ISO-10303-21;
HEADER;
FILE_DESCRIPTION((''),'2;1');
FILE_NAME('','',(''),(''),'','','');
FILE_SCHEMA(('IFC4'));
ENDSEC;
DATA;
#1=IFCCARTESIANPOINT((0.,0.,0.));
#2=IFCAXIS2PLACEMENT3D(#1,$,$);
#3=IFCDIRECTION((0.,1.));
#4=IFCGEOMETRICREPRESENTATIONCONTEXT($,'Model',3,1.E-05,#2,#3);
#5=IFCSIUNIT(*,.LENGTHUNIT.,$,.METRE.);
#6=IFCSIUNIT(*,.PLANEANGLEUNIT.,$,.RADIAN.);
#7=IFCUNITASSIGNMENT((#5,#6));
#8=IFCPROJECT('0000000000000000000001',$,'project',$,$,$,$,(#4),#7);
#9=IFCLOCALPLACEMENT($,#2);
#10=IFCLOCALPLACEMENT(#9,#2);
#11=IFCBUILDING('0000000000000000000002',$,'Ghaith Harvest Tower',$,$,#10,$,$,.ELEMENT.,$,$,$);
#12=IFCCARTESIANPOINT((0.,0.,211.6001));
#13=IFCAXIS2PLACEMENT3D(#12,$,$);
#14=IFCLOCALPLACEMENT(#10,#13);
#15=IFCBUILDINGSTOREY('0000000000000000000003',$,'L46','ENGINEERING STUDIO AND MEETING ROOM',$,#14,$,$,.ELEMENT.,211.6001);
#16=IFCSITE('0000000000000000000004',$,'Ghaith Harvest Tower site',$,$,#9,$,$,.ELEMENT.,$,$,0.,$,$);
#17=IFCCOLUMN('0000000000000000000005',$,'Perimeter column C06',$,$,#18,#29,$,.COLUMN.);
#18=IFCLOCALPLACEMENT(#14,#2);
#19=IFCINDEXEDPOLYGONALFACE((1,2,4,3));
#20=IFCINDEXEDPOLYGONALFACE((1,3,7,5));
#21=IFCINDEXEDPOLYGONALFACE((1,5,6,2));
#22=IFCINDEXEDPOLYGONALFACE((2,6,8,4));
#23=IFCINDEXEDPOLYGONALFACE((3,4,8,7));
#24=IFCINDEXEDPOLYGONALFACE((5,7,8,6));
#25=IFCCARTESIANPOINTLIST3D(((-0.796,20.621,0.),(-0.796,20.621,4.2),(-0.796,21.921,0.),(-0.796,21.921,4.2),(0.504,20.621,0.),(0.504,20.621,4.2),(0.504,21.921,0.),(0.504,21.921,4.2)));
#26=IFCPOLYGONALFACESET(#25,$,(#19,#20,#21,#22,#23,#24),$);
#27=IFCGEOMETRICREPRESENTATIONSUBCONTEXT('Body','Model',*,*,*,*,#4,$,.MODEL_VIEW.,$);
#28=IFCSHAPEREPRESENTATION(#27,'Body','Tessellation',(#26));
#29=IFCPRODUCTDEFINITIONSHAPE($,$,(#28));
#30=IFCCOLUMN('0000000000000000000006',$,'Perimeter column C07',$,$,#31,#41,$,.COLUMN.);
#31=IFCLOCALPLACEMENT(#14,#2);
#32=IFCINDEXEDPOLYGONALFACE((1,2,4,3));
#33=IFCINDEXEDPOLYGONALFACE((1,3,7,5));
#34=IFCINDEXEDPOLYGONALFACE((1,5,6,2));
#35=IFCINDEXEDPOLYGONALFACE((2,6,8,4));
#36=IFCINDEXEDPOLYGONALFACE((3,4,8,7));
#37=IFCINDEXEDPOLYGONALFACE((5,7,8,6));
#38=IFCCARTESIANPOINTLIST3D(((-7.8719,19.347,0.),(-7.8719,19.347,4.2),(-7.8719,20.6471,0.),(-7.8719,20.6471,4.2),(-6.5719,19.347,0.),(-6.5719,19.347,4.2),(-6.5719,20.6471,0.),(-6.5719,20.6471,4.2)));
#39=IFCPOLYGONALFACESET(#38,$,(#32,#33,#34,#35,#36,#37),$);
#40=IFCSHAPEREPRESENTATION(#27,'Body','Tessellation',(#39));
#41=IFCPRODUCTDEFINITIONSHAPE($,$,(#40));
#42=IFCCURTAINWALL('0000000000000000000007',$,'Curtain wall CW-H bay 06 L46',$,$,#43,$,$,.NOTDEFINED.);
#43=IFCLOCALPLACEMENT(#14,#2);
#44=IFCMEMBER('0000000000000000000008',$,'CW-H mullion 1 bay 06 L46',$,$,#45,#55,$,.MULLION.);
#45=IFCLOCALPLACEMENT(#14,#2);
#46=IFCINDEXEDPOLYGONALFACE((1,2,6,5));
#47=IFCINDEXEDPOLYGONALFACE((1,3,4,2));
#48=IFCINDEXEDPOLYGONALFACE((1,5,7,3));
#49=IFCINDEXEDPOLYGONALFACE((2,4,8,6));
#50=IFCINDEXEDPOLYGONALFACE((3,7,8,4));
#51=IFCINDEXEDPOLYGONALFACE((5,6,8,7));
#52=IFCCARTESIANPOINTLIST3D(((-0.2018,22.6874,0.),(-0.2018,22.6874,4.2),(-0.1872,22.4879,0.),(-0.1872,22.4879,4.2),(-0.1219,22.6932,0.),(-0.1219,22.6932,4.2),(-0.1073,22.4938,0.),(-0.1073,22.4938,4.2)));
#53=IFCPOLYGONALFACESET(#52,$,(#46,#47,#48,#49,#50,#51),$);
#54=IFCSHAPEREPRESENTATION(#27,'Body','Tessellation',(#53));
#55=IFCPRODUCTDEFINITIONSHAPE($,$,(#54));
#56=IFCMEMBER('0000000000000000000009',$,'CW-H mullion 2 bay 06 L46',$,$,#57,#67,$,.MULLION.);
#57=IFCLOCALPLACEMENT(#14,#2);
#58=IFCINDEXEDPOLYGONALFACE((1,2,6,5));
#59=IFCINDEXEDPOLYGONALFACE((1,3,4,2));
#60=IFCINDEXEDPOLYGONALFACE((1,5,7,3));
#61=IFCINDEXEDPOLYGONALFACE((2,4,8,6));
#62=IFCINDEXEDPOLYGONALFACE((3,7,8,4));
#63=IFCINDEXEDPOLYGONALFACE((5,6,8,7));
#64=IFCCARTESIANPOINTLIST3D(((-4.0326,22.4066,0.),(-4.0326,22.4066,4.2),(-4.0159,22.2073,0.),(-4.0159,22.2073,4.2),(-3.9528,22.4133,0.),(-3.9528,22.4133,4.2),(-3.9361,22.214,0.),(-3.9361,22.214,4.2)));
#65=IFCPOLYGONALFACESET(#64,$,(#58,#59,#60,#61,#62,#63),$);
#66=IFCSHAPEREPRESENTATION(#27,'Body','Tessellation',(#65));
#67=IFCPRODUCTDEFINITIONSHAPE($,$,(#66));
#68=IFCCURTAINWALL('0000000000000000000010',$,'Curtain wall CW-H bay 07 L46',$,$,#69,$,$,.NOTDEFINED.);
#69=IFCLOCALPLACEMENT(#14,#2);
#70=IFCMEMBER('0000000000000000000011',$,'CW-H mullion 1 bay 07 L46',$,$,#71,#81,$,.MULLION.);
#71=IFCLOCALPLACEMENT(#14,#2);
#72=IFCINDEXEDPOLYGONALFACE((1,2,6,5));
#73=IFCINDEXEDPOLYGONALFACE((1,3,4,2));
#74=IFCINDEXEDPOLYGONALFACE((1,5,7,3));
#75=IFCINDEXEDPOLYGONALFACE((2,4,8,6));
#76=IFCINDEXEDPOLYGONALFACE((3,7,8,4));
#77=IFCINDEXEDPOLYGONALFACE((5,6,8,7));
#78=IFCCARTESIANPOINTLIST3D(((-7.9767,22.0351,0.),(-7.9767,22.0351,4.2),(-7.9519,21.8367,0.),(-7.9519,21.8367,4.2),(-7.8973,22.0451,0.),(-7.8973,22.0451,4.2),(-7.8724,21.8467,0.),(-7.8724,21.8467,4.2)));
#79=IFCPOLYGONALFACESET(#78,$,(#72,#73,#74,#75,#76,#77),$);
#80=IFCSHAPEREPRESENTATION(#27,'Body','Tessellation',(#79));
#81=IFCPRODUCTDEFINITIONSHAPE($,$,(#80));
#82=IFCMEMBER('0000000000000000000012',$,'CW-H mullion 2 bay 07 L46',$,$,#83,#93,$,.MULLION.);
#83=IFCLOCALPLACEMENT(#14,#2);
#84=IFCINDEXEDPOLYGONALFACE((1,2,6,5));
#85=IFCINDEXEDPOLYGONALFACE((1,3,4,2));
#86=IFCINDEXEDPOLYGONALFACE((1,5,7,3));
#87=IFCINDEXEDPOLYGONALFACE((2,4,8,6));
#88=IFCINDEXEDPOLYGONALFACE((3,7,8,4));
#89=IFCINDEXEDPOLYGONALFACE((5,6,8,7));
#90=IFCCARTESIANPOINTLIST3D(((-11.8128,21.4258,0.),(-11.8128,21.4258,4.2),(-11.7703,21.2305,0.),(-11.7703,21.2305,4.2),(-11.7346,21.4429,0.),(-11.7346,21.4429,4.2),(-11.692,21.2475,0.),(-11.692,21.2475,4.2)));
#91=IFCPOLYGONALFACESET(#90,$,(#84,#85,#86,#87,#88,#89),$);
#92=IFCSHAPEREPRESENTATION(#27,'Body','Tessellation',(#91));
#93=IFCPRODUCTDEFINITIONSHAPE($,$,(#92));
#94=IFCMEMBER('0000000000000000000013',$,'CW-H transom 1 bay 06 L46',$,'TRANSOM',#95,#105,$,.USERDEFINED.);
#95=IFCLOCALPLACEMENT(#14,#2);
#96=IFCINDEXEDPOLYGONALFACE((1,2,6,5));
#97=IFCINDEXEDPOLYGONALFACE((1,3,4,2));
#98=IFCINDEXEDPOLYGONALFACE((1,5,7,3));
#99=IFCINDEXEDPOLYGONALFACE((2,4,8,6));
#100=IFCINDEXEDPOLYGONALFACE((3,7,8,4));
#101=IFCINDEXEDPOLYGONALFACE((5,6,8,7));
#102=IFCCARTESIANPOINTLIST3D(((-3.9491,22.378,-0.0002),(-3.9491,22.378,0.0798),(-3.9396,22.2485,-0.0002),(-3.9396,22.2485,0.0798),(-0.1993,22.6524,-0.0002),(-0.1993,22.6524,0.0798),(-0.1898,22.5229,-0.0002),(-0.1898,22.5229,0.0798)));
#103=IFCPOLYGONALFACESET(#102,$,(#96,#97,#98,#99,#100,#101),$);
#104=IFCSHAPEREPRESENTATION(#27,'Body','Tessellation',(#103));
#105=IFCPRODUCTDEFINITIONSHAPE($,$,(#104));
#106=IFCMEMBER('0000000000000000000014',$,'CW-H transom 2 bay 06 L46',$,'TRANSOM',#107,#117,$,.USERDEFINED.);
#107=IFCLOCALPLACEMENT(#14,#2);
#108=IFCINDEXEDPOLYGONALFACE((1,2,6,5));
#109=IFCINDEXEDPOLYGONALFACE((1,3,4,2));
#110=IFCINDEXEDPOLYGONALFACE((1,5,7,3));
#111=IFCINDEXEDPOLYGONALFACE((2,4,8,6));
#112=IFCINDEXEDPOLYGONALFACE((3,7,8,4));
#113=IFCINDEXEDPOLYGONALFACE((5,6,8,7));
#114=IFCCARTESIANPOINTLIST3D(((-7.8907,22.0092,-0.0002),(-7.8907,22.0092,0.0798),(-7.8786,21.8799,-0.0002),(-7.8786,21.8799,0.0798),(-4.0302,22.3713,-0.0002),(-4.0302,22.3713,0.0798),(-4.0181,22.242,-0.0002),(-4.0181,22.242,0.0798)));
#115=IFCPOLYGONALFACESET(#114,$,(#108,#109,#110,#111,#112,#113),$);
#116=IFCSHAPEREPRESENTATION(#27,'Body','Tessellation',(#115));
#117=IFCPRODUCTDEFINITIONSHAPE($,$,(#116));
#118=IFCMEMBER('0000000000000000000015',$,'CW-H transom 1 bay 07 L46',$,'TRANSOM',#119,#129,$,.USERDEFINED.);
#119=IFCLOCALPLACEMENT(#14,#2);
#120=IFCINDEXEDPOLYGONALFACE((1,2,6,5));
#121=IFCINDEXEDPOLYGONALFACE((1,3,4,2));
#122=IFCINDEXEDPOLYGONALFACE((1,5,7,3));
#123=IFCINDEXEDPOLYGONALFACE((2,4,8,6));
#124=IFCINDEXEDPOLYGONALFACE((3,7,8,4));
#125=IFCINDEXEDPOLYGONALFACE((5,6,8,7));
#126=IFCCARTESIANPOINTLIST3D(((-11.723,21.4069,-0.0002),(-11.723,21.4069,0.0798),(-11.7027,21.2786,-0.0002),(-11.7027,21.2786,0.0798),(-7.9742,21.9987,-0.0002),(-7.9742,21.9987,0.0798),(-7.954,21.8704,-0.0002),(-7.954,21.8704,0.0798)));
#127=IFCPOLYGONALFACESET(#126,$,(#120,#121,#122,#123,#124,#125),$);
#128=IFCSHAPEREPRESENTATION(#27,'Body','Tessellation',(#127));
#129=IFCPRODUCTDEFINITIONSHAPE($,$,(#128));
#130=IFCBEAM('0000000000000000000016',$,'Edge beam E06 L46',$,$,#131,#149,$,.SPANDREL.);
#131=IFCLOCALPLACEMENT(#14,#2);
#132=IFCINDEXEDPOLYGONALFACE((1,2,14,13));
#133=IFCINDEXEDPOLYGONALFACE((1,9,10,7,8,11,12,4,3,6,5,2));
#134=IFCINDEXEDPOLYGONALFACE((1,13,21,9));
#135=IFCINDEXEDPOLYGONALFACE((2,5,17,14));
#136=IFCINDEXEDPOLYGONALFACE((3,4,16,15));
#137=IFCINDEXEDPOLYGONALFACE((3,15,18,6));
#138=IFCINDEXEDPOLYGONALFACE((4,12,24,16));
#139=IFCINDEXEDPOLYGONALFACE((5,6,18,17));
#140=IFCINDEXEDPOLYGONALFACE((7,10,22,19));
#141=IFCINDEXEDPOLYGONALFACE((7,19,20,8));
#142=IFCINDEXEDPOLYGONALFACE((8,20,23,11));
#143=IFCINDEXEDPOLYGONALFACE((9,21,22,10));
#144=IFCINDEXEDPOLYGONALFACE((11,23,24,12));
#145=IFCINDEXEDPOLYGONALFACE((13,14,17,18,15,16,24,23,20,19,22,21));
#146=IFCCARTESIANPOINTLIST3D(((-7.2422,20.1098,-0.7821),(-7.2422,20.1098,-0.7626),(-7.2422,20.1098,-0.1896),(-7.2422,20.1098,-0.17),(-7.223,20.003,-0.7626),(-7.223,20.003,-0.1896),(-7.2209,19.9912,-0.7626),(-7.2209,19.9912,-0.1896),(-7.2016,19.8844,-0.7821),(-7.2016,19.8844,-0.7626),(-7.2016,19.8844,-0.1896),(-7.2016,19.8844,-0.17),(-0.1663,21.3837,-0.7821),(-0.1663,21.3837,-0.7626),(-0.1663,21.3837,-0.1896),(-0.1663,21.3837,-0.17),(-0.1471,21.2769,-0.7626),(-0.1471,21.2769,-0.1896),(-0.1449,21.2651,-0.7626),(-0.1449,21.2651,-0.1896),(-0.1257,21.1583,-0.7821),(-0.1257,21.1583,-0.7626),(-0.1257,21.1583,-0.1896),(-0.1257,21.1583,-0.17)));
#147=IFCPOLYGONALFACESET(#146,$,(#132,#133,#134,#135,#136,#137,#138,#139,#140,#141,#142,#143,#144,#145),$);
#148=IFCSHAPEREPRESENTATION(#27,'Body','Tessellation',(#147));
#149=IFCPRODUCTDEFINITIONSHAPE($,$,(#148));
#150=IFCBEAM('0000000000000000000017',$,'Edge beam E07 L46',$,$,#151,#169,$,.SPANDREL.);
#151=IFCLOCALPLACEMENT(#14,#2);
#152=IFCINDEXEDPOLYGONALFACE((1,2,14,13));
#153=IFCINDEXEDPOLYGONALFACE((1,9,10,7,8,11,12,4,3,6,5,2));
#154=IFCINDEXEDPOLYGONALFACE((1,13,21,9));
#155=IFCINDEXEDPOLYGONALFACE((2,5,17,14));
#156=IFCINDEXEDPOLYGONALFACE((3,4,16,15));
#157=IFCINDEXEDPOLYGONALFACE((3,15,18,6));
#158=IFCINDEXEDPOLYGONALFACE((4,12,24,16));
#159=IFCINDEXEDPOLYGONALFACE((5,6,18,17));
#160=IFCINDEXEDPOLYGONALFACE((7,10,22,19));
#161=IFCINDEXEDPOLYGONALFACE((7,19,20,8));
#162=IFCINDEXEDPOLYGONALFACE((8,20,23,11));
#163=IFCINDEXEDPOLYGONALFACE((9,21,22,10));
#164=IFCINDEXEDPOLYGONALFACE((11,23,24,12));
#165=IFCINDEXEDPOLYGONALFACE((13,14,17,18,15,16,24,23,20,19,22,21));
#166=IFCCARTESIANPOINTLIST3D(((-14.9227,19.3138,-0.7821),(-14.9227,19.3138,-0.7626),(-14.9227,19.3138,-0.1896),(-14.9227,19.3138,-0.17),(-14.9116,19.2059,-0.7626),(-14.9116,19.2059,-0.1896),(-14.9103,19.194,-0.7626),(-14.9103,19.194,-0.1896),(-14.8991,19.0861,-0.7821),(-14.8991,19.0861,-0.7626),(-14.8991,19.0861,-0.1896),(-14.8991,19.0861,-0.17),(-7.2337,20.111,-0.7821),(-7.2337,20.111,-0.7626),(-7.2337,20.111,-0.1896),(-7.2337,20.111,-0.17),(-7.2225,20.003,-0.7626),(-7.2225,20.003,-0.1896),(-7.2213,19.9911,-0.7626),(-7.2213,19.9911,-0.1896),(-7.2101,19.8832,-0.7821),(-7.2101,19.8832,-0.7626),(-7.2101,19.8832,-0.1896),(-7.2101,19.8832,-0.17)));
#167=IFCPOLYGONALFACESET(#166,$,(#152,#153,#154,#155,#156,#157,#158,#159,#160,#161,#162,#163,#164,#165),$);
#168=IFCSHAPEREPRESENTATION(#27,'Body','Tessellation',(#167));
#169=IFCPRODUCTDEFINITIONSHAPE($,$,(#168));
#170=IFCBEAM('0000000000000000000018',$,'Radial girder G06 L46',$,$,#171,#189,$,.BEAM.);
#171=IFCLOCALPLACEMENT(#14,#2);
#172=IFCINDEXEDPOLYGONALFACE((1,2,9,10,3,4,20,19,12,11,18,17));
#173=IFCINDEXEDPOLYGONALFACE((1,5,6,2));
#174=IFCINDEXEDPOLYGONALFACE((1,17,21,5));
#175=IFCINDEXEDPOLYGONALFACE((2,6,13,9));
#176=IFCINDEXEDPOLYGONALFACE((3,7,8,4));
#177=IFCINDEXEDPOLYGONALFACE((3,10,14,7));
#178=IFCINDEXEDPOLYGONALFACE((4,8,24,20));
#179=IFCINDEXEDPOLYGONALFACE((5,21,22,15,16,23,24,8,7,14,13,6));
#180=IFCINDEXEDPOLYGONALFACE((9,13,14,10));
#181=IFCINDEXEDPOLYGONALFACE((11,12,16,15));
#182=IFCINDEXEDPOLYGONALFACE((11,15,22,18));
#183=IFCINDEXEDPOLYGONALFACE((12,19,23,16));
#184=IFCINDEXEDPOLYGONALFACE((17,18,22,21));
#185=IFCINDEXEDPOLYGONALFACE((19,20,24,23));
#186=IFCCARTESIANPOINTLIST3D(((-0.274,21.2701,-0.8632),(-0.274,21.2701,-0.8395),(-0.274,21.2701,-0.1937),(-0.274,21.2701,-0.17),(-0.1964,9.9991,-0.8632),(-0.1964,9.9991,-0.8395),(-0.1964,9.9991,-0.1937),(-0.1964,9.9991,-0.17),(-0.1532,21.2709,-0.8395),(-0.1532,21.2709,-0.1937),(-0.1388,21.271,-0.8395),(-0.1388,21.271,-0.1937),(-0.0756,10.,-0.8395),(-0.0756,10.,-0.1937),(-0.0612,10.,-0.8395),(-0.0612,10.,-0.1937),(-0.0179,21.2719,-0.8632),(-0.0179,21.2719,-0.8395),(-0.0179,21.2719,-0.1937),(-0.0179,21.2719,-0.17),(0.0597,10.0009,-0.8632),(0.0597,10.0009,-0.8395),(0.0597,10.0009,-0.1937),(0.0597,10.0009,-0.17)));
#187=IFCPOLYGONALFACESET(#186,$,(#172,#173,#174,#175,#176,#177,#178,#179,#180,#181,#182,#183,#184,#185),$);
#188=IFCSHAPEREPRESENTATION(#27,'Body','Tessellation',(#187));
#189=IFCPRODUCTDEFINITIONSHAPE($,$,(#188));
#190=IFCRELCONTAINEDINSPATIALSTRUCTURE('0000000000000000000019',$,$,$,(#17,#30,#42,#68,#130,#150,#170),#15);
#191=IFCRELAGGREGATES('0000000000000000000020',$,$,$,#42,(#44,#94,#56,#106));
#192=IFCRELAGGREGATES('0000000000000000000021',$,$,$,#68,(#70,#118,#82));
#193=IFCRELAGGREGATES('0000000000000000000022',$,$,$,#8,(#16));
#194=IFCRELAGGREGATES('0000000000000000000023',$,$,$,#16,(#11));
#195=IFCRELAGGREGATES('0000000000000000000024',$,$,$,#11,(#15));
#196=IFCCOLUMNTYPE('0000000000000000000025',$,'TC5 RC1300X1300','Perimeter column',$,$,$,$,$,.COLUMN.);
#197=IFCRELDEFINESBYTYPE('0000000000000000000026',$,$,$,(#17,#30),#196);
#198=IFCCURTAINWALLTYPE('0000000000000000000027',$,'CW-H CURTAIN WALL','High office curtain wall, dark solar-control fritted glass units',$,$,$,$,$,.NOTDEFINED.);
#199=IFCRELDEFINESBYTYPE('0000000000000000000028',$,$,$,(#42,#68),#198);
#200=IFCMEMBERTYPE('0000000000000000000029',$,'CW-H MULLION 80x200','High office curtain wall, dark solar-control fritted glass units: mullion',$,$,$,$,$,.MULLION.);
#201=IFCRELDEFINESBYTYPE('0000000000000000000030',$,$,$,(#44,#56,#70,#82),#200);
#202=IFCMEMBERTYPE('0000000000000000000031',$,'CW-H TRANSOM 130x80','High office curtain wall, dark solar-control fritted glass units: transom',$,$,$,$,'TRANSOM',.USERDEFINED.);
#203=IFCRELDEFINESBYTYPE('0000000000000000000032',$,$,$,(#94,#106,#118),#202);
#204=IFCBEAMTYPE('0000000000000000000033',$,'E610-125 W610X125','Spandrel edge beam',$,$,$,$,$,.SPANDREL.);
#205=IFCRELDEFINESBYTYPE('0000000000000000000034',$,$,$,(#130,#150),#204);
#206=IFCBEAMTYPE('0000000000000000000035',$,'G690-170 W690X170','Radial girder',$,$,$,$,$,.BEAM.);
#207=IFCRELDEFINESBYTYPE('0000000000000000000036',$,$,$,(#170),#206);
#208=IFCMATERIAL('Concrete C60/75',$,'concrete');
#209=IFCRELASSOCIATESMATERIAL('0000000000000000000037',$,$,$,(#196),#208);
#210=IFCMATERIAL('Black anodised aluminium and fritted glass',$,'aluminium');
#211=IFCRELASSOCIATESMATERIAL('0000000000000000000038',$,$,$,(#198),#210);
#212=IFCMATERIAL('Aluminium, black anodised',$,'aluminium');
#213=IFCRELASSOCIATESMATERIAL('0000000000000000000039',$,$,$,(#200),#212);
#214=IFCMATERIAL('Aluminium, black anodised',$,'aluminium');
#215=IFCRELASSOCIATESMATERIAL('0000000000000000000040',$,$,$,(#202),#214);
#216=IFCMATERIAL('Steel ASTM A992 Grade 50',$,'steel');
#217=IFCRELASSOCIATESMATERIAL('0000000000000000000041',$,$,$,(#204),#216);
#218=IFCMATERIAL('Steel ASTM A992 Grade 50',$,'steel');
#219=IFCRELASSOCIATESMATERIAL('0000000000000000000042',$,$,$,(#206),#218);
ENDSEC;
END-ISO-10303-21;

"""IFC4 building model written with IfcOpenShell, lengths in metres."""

from ifc_helpers import new_model, si_unit, direction, frame, origin, origin_2d, place, context, subcontext, project, spatial, rectangle, i_section, extrude, material, material_profile, profile_set, type_object, element, aggregate, save


model = new_model("IFC4")

# Units and contexts
model_context = context("Model", 3, precision=1e-05, world=origin(), true_north=direction((0.0, 1.0)))
body_context = subcontext(model_context, "Body", "Model", "MODEL_VIEW")
ifc_project = project(units=[si_unit("LENGTHUNIT", "METRE"), si_unit("PLANEANGLEUNIT", "RADIAN")], contexts=[model_context])

# Site, building, storey
site_placement = place(None, origin())
site = spatial("IfcSite", under=ifc_project, at=site_placement, Name="Ghaith Harvest Tower site", CompositionType="ELEMENT", RefElevation=0.0)
building_placement = place(site_placement, origin())
building = spatial("IfcBuilding", under=site, at=building_placement, Name="Ghaith Harvest Tower", CompositionType="ELEMENT")
storey_placement = place(building_placement, frame((0.0, 0.0, 211.6001)))
storey = spatial("IfcBuildingStorey", under=building, at=storey_placement, Name="L46", Description="ENGINEERING STUDIO AND MEETING ROOM", CompositionType="ELEMENT", Elevation=211.6001)

# Columns
ifc_material_1 = material(Name="Concrete C60/75", Category="concrete")
ifc_material_profile_1 = material_profile(ifc_material_1, rectangle(XDim=1.3, YDim=1.3, at=origin_2d()), Name="RC1300X1300")
ifc_profile_set_1 = profile_set([ifc_material_profile_1], Name="Concrete C60/75")
column_type = type_object("IfcColumnType", Name="TC5 RC1300X1300", Description="Perimeter column", PredefinedType="COLUMN", material=ifc_profile_set_1)
for number, where, z_axis, x_axis, name in (
    (1, (-0.146, 21.271, 0.0), (0.0, 0.0, 1.0), (1.0, 0.0, 0.0), "Perimeter column C06"),
    (2, (-7.2219, 19.9971, 0.0), (0.0, 0.0, 1.0), (1.0, 0.0, 0.0), "Perimeter column C07"),
):
    element("IfcColumn", number, at=place(storey_placement, frame(where, z_axis=z_axis, x_axis=x_axis)), inside=storey, type_object=column_type, Name=name, PredefinedType="COLUMN", context=body_context, shape_type="SweptSolid", body=[
        extrude(rectangle(XDim=1.3, YDim=1.3, at=origin_2d()), origin(), (0.0, 0.0, 1.0), 4.2),
    ])

# Curtain walls, members
ifc_material_2 = material(Name="Black anodised aluminium and fritted glass", Category="aluminium")
curtain_wall_type = type_object("IfcCurtainWallType", Name="CW-H CURTAIN WALL", Description="High office curtain wall, dark solar-control fritted glass units", PredefinedType="NOTDEFINED", material=ifc_material_2)
curtain_wall_1_placement = place(storey_placement, origin())
curtain_wall_1 = element("IfcCurtainWall", 3, at=curtain_wall_1_placement, inside=storey, type_object=curtain_wall_type, Name="Curtain wall CW-H bay 06 L46", PredefinedType="NOTDEFINED")
ifc_material_3 = material(Name="Aluminium, black anodised", Category="aluminium")
ifc_material_profile_2 = material_profile(ifc_material_3, rectangle(XDim=0.0801, YDim=0.2, at=origin_2d()), Name="CW-H MULLION 80x200")
ifc_profile_set_2 = profile_set([ifc_material_profile_2], Name="Aluminium, black anodised")
member_type_1 = type_object("IfcMemberType", Name="CW-H MULLION 80x200", Description="High office curtain wall, dark solar-control fritted glass units: mullion", PredefinedType="MULLION", material=ifc_profile_set_2)
member_1_placement = place(storey_placement, frame((-0.1545, 22.5906, 0.0), z_axis=(0.0, 0.0, 1.0), x_axis=(-0.997329, -0.073037, 0.0)))
member_1 = element("IfcMember", 4, at=member_1_placement, type_object=member_type_1, Name="CW-H mullion 1 bay 06 L46", PredefinedType="MULLION", context=body_context, shape_type="SweptSolid", body=[
    extrude(rectangle(XDim=0.0801, YDim=0.2, at=origin_2d()), origin(), (0.0, 0.0, 1.0), 4.2),
])
member_2_placement = place(storey_placement, frame((-3.9844, 22.3103, 0.0), z_axis=(0.0, 0.0, 1.0), x_axis=(-0.996523, -0.083324, 0.0)))
member_2 = element("IfcMember", 5, at=member_2_placement, type_object=member_type_1, Name="CW-H mullion 2 bay 06 L46", PredefinedType="MULLION", context=body_context, shape_type="SweptSolid", body=[
    extrude(rectangle(XDim=0.0801, YDim=0.2, at=origin_2d()), origin(), (0.0, 0.0, 1.0), 4.2),
])
curtain_wall_2_placement = place(storey_placement, origin())
curtain_wall_2 = element("IfcCurtainWall", 6, at=curtain_wall_2_placement, inside=storey, type_object=curtain_wall_type, Name="Curtain wall CW-H bay 07 L46", PredefinedType="NOTDEFINED")
member_3_placement = place(storey_placement, frame((-7.9246, 21.9409, 0.0), z_axis=(0.0, 0.0, 1.0), x_axis=(-0.992235, -0.124373, 0.0)))
member_3 = element("IfcMember", 7, at=member_3_placement, type_object=member_type_1, Name="CW-H mullion 1 bay 07 L46", PredefinedType="MULLION", context=body_context, shape_type="SweptSolid", body=[
    extrude(rectangle(XDim=0.0801, YDim=0.2, at=origin_2d()), origin(), (0.0, 0.0, 1.0), 4.2),
])
member_4_placement = place(storey_placement, frame((-11.7524, 21.3367, 0.0), z_axis=(0.0, 0.0, 1.0), x_axis=(-0.977086, -0.212843, 0.0)))
member_4 = element("IfcMember", 8, at=member_4_placement, type_object=member_type_1, Name="CW-H mullion 2 bay 07 L46", PredefinedType="MULLION", context=body_context, shape_type="SweptSolid", body=[
    extrude(rectangle(XDim=0.0801, YDim=0.2, at=origin_2d()), origin(), (0.0, 0.0, 1.0), 4.2),
])

# Members
ifc_material_4 = material(Name="Aluminium, black anodised", Category="aluminium")
ifc_material_profile_3 = material_profile(ifc_material_4, rectangle(XDim=0.1299, YDim=0.0801, at=origin_2d()), Name="CW-H TRANSOM 130x80")
ifc_profile_set_3 = profile_set([ifc_material_profile_3], Name="Aluminium, black anodised")
member_type_2 = type_object("IfcMemberType", Name="CW-H TRANSOM 130x80", Description="High office curtain wall, dark solar-control fritted glass units: transom", ElementType="TRANSOM", PredefinedType="USERDEFINED", material=ifc_profile_set_3)
member_5_placement = place(storey_placement, frame((-0.1946, 22.5876, 0.0398), z_axis=(-0.997333, -0.072987, 0.0), x_axis=(0.072987, -0.997333, 0.0)))
member_5 = element("IfcMember", 9, at=member_5_placement, type_object=member_type_2, Name="CW-H transom 1 bay 06 L46", ObjectType="TRANSOM", PredefinedType="USERDEFINED", context=body_context, shape_type="SweptSolid", body=[
    extrude(rectangle(XDim=0.1299, YDim=0.0801, at=origin_2d()), origin(), (0.0, 0.0, 1.0), 3.7598),
])
member_6_placement = place(storey_placement, frame((-4.0242, 22.3066, 0.0398), z_axis=(-0.995631, -0.093374, 0.0), x_axis=(0.093374, -0.995631, 0.0)))
member_6 = element("IfcMember", 10, at=member_6_placement, type_object=member_type_2, Name="CW-H transom 2 bay 06 L46", ObjectType="TRANSOM", PredefinedType="USERDEFINED", context=body_context, shape_type="SweptSolid", body=[
    extrude(rectangle(XDim=0.1299, YDim=0.0801, at=origin_2d()), origin(), (0.0, 0.0, 1.0), 3.8774),
])
member_7_placement = place(storey_placement, frame((-7.9641, 21.9346, 0.0398), z_axis=(-0.987768, -0.155933, 0.0), x_axis=(0.155933, -0.987768, 0.0)))
member_7 = element("IfcMember", 11, at=member_7_placement, type_object=member_type_2, Name="CW-H transom 1 bay 07 L46", ObjectType="TRANSOM", PredefinedType="USERDEFINED", context=body_context, shape_type="SweptSolid", body=[
    extrude(rectangle(XDim=0.1299, YDim=0.0801, at=origin_2d()), origin(), (0.0, 0.0, 1.0), 3.7952),
])

# Beams
ifc_material_5 = material(Name="Steel ASTM A992 Grade 50", Category="steel")
ifc_material_profile_4 = material_profile(ifc_material_5, i_section(OverallWidth=0.229, OverallDepth=0.6121, WebThickness=0.012, FlangeThickness=0.0195, at=origin_2d()), Name="W610X125")
ifc_profile_set_4 = profile_set([ifc_material_profile_4], Name="Steel ASTM A992 Grade 50")
beam_type_1 = type_object("IfcBeamType", Name="E610-125 W610X125", Description="Spandrel edge beam", PredefinedType="SPANDREL", material=ifc_profile_set_4)
beam_1_placement = place(storey_placement, frame((-0.146, 21.271, -0.4761), z_axis=(-0.984177, -0.177188, 0.0), x_axis=(0.177188, -0.984177, 0.0)))
element("IfcBeam", 12, at=beam_1_placement, inside=storey, type_object=beam_type_1, Name="Edge beam E06 L46", PredefinedType="SPANDREL", context=body_context, shape_type="SweptSolid", body=[
    extrude(i_section(OverallWidth=0.229, OverallDepth=0.6121, WebThickness=0.012, FlangeThickness=0.0195, at=origin_2d()), origin(), (0.0, 0.0, 1.0), 7.1897),
])
beam_2_placement = place(storey_placement, frame((-7.2219, 19.9971, -0.4761), z_axis=(-0.994669, -0.103118, 0.0), x_axis=(0.103118, -0.994669, 0.0)))
element("IfcBeam", 13, at=beam_2_placement, inside=storey, type_object=beam_type_1, Name="Edge beam E07 L46", PredefinedType="SPANDREL", context=body_context, shape_type="SweptSolid", body=[
    extrude(i_section(OverallWidth=0.229, OverallDepth=0.6121, WebThickness=0.012, FlangeThickness=0.0195, at=origin_2d()), origin(), (0.0, 0.0, 1.0), 7.7302),
])
ifc_material_6 = material(Name="Steel ASTM A992 Grade 50", Category="steel")
ifc_material_profile_5 = material_profile(ifc_material_6, i_section(OverallWidth=0.2561, OverallDepth=0.6931, WebThickness=0.0144, FlangeThickness=0.0237, at=origin_2d()), Name="W690X170")
ifc_profile_set_5 = profile_set([ifc_material_profile_5], Name="Steel ASTM A992 Grade 50")
beam_type_2 = type_object("IfcBeamType", Name="G690-170 W690X170", Description="Radial girder", PredefinedType="BEAM", material=ifc_profile_set_5)
beam_3_placement = place(storey_placement, frame((-0.0684, 10.0, -0.5166), z_axis=(-0.006888, 0.999976, 0.0), x_axis=(-0.999976, -0.006888, 0.0)))
element("IfcBeam", 14, at=beam_3_placement, inside=storey, type_object=beam_type_2, Name="Radial girder G06 L46", PredefinedType="BEAM", context=body_context, shape_type="SweptSolid", body=[
    extrude(i_section(OverallWidth=0.2561, OverallDepth=0.6931, WebThickness=0.0144, FlangeThickness=0.0237, at=origin_2d()), origin(), (0.0, 0.0, 1.0), 11.2712),
])

aggregate(curtain_wall_1, [member_1, member_5, member_2, member_6])
aggregate(curtain_wall_2, [member_3, member_7, member_4])

save(model, "model.ifc")
